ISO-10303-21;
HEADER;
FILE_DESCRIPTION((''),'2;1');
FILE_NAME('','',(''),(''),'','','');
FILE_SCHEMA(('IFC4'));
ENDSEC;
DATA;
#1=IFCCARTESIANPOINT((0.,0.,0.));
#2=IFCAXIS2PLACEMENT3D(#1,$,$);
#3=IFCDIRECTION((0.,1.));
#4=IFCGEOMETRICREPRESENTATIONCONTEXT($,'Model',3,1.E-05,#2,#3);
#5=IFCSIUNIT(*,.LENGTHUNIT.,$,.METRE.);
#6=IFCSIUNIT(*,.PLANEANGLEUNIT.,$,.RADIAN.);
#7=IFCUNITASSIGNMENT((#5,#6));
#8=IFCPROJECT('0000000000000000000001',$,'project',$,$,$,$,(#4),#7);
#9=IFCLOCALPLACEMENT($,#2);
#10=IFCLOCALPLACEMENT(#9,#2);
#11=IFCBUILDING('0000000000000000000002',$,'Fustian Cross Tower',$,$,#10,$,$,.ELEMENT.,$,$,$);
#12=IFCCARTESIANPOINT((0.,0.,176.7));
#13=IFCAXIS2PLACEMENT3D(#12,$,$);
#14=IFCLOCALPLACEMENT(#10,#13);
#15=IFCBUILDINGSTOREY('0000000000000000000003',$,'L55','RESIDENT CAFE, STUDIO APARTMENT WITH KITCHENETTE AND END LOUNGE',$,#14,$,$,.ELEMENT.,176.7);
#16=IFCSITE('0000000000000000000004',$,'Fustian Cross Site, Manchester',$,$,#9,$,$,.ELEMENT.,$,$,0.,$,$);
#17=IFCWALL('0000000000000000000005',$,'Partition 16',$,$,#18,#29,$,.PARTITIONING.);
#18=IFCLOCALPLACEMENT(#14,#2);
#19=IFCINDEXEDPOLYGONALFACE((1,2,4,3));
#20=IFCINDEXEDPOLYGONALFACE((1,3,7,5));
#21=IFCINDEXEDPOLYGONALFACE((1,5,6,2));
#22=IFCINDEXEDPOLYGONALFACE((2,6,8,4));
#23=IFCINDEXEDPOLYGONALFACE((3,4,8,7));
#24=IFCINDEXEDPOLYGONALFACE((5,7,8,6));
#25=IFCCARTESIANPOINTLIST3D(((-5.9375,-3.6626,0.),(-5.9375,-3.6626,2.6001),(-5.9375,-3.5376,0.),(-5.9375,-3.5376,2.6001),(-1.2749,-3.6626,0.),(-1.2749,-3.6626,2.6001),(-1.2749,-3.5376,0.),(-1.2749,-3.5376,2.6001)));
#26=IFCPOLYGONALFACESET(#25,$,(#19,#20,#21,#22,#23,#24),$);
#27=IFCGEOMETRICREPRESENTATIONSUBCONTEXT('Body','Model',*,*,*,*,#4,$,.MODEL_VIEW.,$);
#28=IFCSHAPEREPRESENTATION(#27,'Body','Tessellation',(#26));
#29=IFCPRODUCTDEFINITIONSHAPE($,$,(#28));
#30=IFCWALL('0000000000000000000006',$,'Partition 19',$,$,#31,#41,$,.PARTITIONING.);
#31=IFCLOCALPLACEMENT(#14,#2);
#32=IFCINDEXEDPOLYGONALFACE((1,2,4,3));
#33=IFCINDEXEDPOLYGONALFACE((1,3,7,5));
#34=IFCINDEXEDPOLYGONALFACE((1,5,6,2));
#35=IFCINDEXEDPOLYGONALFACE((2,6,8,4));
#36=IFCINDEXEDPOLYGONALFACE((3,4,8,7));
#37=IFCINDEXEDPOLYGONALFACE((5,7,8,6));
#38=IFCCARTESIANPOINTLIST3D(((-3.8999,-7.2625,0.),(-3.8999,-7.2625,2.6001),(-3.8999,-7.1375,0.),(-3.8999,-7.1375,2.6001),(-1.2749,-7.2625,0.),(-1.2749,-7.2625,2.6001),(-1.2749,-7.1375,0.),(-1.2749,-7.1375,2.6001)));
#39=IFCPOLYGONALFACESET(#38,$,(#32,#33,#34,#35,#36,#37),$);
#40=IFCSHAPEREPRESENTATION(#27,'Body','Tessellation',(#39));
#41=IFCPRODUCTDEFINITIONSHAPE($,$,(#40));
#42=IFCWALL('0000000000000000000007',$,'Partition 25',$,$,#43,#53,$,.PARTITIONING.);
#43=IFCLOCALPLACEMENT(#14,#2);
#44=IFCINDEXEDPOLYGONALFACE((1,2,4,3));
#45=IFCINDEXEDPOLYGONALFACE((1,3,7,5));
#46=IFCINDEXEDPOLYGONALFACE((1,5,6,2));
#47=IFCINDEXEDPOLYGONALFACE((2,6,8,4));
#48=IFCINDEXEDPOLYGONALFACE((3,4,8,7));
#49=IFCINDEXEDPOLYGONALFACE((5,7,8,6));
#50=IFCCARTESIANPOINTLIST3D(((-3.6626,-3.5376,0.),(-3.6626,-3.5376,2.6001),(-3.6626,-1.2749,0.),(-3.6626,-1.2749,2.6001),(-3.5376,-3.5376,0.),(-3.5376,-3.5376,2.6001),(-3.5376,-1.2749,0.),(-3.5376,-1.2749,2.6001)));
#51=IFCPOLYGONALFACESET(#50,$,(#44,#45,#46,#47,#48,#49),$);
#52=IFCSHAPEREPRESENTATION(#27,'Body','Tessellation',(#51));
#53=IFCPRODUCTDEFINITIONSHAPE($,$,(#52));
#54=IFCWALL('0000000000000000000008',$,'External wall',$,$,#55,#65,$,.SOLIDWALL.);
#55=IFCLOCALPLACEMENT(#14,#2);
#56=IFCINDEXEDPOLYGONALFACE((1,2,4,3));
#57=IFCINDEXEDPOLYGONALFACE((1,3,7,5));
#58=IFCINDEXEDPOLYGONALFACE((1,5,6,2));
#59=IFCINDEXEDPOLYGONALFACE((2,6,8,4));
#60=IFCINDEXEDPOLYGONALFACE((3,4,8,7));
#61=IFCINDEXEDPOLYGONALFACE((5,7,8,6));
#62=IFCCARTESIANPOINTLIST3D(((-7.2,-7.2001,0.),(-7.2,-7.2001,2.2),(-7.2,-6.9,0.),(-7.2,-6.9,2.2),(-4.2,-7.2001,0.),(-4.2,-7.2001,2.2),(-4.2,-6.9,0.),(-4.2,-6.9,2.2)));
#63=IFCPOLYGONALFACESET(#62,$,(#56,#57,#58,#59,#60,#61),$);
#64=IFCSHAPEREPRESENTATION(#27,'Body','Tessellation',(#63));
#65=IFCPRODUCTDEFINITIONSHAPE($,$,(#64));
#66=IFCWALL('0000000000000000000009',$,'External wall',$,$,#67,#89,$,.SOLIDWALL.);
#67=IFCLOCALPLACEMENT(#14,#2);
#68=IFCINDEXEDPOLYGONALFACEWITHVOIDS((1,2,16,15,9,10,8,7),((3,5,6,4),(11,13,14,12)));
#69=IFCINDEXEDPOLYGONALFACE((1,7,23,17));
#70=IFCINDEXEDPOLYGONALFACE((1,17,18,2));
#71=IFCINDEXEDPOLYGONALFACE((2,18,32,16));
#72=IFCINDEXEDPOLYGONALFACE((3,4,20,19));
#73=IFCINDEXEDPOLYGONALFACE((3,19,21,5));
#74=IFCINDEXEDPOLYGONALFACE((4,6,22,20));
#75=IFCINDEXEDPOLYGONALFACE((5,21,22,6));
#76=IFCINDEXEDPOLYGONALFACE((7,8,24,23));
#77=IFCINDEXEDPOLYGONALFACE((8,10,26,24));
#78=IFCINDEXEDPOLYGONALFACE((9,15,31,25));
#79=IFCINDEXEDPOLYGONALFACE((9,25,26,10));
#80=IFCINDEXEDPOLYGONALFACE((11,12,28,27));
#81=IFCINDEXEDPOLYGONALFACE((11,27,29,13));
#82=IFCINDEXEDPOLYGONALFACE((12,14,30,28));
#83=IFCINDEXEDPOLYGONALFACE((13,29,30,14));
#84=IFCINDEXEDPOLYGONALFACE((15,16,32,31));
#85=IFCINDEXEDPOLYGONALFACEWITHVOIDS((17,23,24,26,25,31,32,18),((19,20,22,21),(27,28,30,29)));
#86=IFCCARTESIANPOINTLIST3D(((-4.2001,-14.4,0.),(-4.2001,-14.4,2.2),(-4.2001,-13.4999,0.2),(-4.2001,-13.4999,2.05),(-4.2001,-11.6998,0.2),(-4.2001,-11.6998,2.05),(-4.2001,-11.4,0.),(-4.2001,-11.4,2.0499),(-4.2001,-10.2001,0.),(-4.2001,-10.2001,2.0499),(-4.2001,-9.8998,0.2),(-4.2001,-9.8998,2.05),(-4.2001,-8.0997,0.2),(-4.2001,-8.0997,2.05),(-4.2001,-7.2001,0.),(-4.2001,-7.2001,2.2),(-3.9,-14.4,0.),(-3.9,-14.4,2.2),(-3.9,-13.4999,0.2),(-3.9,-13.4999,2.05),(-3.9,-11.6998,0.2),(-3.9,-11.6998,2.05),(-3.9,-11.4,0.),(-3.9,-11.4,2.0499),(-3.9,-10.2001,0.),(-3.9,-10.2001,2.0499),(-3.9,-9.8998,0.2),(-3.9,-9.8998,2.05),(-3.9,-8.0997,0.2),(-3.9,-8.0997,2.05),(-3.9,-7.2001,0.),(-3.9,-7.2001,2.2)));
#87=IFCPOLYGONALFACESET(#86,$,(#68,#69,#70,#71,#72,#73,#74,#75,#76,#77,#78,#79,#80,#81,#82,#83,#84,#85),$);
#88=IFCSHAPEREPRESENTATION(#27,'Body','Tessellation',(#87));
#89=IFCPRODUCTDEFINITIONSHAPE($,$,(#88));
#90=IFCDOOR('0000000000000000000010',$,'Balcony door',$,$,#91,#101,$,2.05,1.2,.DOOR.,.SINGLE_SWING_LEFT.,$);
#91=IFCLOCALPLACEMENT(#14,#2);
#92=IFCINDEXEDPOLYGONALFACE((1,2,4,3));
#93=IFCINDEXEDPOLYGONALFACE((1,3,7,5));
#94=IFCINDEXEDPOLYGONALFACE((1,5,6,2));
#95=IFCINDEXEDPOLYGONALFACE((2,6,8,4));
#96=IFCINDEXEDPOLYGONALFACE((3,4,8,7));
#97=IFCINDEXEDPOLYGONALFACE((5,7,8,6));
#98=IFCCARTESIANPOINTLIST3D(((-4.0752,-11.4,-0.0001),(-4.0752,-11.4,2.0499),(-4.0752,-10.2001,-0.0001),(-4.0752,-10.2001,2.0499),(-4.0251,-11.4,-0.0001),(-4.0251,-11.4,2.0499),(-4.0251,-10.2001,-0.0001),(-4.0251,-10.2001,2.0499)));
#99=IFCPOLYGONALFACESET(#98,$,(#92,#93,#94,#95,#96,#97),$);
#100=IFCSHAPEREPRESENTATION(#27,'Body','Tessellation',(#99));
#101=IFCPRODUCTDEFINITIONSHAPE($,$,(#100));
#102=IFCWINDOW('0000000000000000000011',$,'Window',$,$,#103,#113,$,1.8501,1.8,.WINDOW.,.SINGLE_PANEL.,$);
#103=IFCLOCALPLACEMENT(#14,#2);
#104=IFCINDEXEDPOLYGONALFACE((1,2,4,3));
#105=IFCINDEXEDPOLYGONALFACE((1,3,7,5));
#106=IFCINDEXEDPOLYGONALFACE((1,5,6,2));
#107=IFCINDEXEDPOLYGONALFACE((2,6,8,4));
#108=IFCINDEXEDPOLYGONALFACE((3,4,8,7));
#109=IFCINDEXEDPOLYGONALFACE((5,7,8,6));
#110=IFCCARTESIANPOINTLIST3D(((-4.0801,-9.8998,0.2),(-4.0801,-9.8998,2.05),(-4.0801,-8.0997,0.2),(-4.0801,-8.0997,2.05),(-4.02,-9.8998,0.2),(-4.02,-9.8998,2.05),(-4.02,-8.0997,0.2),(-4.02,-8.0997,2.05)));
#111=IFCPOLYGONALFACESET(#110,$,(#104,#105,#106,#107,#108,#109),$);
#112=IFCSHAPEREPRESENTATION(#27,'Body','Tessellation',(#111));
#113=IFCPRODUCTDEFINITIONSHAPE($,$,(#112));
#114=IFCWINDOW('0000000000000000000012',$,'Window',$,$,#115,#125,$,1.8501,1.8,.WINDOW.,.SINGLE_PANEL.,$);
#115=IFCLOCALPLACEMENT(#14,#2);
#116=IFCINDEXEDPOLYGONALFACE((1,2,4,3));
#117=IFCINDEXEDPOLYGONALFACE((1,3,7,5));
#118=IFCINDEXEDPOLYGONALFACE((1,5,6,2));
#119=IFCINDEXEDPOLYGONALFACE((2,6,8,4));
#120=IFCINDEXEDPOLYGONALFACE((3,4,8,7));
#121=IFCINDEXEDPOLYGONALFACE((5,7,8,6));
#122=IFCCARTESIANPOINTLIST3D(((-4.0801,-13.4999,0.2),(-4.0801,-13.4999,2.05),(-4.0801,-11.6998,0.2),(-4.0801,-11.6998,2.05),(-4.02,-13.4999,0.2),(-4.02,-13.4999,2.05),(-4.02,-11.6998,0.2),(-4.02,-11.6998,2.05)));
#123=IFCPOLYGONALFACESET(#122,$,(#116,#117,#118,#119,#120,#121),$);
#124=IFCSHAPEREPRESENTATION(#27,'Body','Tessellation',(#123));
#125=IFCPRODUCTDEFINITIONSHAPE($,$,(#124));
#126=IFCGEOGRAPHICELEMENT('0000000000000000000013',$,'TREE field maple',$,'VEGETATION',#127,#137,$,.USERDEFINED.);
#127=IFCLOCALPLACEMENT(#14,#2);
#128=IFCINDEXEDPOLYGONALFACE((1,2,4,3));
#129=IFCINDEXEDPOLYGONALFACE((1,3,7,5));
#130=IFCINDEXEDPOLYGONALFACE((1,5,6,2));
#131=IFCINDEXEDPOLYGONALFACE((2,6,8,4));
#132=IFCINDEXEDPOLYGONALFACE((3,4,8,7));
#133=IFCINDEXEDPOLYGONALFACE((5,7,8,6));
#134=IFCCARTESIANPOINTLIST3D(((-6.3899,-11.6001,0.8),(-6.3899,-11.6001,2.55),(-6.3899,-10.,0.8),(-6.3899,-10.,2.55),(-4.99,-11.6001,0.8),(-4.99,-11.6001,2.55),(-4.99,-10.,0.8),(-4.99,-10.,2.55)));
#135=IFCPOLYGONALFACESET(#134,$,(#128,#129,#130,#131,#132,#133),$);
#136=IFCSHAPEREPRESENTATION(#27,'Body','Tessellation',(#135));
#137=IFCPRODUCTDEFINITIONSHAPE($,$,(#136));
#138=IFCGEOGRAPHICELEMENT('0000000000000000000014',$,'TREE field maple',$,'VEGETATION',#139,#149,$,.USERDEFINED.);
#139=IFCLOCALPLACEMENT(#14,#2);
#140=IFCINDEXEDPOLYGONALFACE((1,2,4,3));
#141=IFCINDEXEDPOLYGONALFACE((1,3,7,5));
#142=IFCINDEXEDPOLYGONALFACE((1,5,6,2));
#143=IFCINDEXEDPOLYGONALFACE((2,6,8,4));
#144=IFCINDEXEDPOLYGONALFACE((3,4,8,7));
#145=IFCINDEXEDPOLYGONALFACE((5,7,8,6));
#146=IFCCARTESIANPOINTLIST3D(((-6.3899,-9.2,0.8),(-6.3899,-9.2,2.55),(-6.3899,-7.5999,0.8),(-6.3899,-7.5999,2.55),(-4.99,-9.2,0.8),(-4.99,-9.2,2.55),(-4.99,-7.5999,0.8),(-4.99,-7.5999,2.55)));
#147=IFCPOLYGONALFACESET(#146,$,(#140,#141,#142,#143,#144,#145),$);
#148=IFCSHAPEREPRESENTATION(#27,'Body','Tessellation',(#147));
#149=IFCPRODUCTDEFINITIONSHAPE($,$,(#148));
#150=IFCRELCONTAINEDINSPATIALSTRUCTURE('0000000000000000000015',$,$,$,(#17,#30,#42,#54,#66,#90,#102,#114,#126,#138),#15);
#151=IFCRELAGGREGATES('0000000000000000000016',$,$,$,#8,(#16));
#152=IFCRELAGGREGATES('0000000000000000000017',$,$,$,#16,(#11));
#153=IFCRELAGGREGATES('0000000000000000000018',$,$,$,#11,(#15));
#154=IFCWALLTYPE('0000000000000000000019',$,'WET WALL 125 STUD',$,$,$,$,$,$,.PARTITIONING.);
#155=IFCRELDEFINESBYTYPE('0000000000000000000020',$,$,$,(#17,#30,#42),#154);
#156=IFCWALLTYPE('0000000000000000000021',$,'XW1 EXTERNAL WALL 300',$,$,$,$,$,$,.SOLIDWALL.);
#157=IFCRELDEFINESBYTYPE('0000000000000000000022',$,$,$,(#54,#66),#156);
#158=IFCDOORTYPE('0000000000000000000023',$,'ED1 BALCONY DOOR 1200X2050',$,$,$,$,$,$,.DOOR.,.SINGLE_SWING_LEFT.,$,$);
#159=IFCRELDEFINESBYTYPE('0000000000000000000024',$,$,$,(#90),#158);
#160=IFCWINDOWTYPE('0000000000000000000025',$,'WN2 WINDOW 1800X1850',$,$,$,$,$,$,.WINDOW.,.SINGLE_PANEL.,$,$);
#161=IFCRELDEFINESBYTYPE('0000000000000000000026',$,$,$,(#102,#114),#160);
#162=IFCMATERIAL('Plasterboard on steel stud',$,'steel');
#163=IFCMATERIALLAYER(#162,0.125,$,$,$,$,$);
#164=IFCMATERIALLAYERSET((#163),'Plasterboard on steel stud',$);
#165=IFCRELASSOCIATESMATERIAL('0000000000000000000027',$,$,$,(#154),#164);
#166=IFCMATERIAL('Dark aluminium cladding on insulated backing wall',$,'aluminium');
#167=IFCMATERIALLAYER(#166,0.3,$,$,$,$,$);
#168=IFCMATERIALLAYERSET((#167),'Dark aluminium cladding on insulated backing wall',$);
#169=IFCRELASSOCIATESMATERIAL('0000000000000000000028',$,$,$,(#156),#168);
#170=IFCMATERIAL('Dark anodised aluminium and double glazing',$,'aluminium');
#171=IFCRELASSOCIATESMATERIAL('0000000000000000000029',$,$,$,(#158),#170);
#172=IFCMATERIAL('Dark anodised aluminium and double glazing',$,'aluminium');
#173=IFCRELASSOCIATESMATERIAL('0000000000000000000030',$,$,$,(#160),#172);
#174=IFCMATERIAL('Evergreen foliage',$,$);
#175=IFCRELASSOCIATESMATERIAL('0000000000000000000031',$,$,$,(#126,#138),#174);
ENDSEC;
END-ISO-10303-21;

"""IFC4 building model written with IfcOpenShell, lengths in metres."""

from ifc_helpers import new_model, si_unit, direction, frame, frame_2d, origin, origin_2d, place, context, subcontext, project, spatial, rectangle, extrude, material, layer, layer_set, type_object, element, fill, save


model = new_model("IFC4")

# Units and contexts
model_context = context("Model", 3, precision=1e-05, world=origin(), true_north=direction((0.0, 1.0)))
body_context = subcontext(model_context, "Body", "Model", "MODEL_VIEW")
ifc_project = project(units=[si_unit("LENGTHUNIT", "METRE"), si_unit("PLANEANGLEUNIT", "RADIAN")], contexts=[model_context])

# Site, building, storey
site_placement = place(None, origin())
site = spatial("IfcSite", under=ifc_project, at=site_placement, Name="Fustian Cross Site, Manchester", CompositionType="ELEMENT", RefElevation=0.0)
building_placement = place(site_placement, origin())
building = spatial("IfcBuilding", under=site, at=building_placement, Name="Fustian Cross Tower", CompositionType="ELEMENT")
storey_placement = place(building_placement, frame((0.0, 0.0, 176.7)))
storey = spatial("IfcBuildingStorey", under=building, at=storey_placement, Name="L55", Description="RESIDENT CAFE, STUDIO APARTMENT WITH KITCHENETTE AND END LOUNGE", CompositionType="ELEMENT", Elevation=176.7)

# Walls
ifc_material_1 = material(Name="Plasterboard on steel stud", Category="steel")
ifc_layer_1 = layer(ifc_material_1, 0.125)
ifc_layer_set_1 = layer_set([ifc_layer_1], Name="Plasterboard on steel stud")
wall_type_1 = type_object("IfcWallType", Name="WET WALL 125 STUD", PredefinedType="PARTITIONING", material=ifc_layer_set_1)
wall_1_placement = place(storey_placement, frame((-5.9375, -3.6001, 0.0), z_axis=(0.0, 0.0, 1.0), x_axis=(1.0, 0.0, 0.0)))
element("IfcWall", 1, at=wall_1_placement, inside=storey, type_object=wall_type_1, Name="Partition 16", PredefinedType="PARTITIONING", context=body_context, shape_type="SweptSolid", body=[
    extrude(rectangle(XDim=4.6626, YDim=0.125, at=frame_2d((2.3313, 0.0))), origin(), (0.0, 0.0, 1.0), 2.6001),
])
wall_2_placement = place(storey_placement, frame((-3.8999, -7.2, 0.0), z_axis=(0.0, 0.0, 1.0), x_axis=(1.0, 0.0, 0.0)))
element("IfcWall", 2, at=wall_2_placement, inside=storey, type_object=wall_type_1, Name="Partition 19", PredefinedType="PARTITIONING", context=body_context, shape_type="SweptSolid", body=[
    extrude(rectangle(XDim=2.625, YDim=0.125, at=frame_2d((1.3125, 0.0))), origin(), (0.0, 0.0, 1.0), 2.6001),
])
wall_3_placement = place(storey_placement, frame((-3.6001, -3.5376, 0.0), z_axis=(0.0, 0.0, 1.0), x_axis=(0.0, 1.0, 0.0)))
element("IfcWall", 3, at=wall_3_placement, inside=storey, type_object=wall_type_1, Name="Partition 25", PredefinedType="PARTITIONING", context=body_context, shape_type="SweptSolid", body=[
    extrude(rectangle(XDim=2.2627, YDim=0.125, at=frame_2d((1.1313, 0.0))), origin(), (0.0, 0.0, 1.0), 2.6001),
])
ifc_material_2 = material(Name="Dark aluminium cladding on insulated backing wall", Category="aluminium")
ifc_layer_2 = layer(ifc_material_2, 0.3)
ifc_layer_set_2 = layer_set([ifc_layer_2], Name="Dark aluminium cladding on insulated backing wall")
wall_type_2 = type_object("IfcWallType", Name="XW1 EXTERNAL WALL 300", PredefinedType="SOLIDWALL", material=ifc_layer_set_2)
wall_4_placement = place(storey_placement, frame((-7.2, -7.05, 0.0), z_axis=(0.0, 0.0, 1.0), x_axis=(1.0, 0.0, 0.0)))
element("IfcWall", 4, at=wall_4_placement, inside=storey, type_object=wall_type_2, Name="External wall", PredefinedType="SOLIDWALL", context=body_context, shape_type="SweptSolid", body=[
    extrude(rectangle(XDim=3.0, YDim=0.3, at=frame_2d((1.5, 0.0))), origin(), (0.0, 0.0, 1.0), 2.2),
])

# Wall, openings, door, windows
wall_5_placement = place(storey_placement, frame((-4.05, -7.2, 0.0), z_axis=(0.0, 0.0, 1.0), x_axis=(0.0, -1.0, 0.0)))
wall_5 = element("IfcWall", 5, at=wall_5_placement, inside=storey, type_object=wall_type_2, Name="External wall", PredefinedType="SOLIDWALL", context=body_context, shape_type="SweptSolid", body=[
    extrude(rectangle(XDim=7.2, YDim=0.3, at=frame_2d((3.6001, 0.0))), origin(), (0.0, 0.0, 1.0), 2.2),
])
opening_1_placement = place(wall_5_placement, frame((3.0, 0.0, 0.0)))
opening_1 = element("IfcOpeningElement", 6, at=opening_1_placement, cuts=wall_5, PredefinedType="OPENING", context=body_context, shape_type="SweptSolid", body=[
    extrude(rectangle(XDim=1.2, YDim=2.05, at=frame_2d((0.6001, 1.0249))), frame((0.0, 0.1599, 0.0), z_axis=(0.0, -1.0, 0.0), x_axis=(1.0, 0.0, 0.0)), (0.0, 0.0, 1.0), 0.3201),
])
opening_2_placement = place(wall_5_placement, frame((0.8999, 0.0, 0.2)))
opening_2 = element("IfcOpeningElement", 7, at=opening_2_placement, cuts=wall_5, PredefinedType="OPENING", context=body_context, shape_type="SweptSolid", body=[
    extrude(rectangle(XDim=1.8, YDim=1.8501, at=frame_2d((0.8999, 0.925))), frame((0.0, 0.1599, 0.0), z_axis=(0.0, -1.0, 0.0), x_axis=(1.0, 0.0, 0.0)), (0.0, 0.0, 1.0), 0.3201),
])
opening_3_placement = place(wall_5_placement, frame((4.5, 0.0, 0.2)))
opening_3 = element("IfcOpeningElement", 8, at=opening_3_placement, cuts=wall_5, PredefinedType="OPENING", context=body_context, shape_type="SweptSolid", body=[
    extrude(rectangle(XDim=1.8, YDim=1.8501, at=frame_2d((0.8999, 0.925))), frame((0.0, 0.1599, 0.0), z_axis=(0.0, -1.0, 0.0), x_axis=(1.0, 0.0, 0.0)), (0.0, 0.0, 1.0), 0.3201),
])
ifc_material_3 = material(Name="Dark anodised aluminium and double glazing", Category="aluminium")
door_type_1 = type_object("IfcDoorType", Name="ED1 BALCONY DOOR 1200X2050", OperationType="SINGLE_SWING_LEFT", PredefinedType="DOOR", material=ifc_material_3)
door_1_placement = place(opening_1_placement, origin())
door_1 = element("IfcDoor", 9, at=door_1_placement, inside=storey, type_object=door_type_1, Name="Balcony door", OperationType="SINGLE_SWING_LEFT", OverallHeight=2.05, OverallWidth=1.2, PredefinedType="DOOR", context=body_context, shape_type="SweptSolid", body=[
    extrude(rectangle(XDim=1.2, YDim=2.05, at=frame_2d((0.6001, 1.0249))), frame((0.0, 0.0249, 0.0), z_axis=(0.0, -1.0, 0.0), x_axis=(1.0, 0.0, 0.0)), (0.0, 0.0, 1.0), 0.05),
])
fill(opening_1, door_1)
ifc_material_4 = material(Name="Dark anodised aluminium and double glazing", Category="aluminium")
window_type = type_object("IfcWindowType", Name="WN2 WINDOW 1800X1850", PartitioningType="SINGLE_PANEL", PredefinedType="WINDOW", material=ifc_material_4)
window_1_placement = place(opening_2_placement, origin())
window_1 = element("IfcWindow", 10, at=window_1_placement, inside=storey, type_object=window_type, Name="Window", OverallHeight=1.8501, OverallWidth=1.8, PartitioningType="SINGLE_PANEL", PredefinedType="WINDOW", context=body_context, shape_type="SweptSolid", body=[
    extrude(rectangle(XDim=1.8, YDim=1.8501, at=frame_2d((0.8999, 0.925))), frame((0.0, 0.03, 0.0), z_axis=(0.0, -1.0, 0.0), x_axis=(1.0, 0.0, 0.0)), (0.0, 0.0, 1.0), 0.0601),
])
fill(opening_2, window_1)
window_2_placement = place(opening_3_placement, origin())
window_2 = element("IfcWindow", 11, at=window_2_placement, inside=storey, type_object=window_type, Name="Window", OverallHeight=1.8501, OverallWidth=1.8, PartitioningType="SINGLE_PANEL", PredefinedType="WINDOW", context=body_context, shape_type="SweptSolid", body=[
    extrude(rectangle(XDim=1.8, YDim=1.8501, at=frame_2d((0.8999, 0.925))), frame((0.0, 0.03, 0.0), z_axis=(0.0, -1.0, 0.0), x_axis=(1.0, 0.0, 0.0)), (0.0, 0.0, 1.0), 0.0601),
])
fill(opening_3, window_2)

# Geographic elements
ifc_material_5 = material(Name="Evergreen foliage")
for number, where, z_axis, x_axis, name in (
    (12, (-5.6899, -10.8, 0.8), (0.0, 0.0, 1.0), (1.0, 0.0, 0.0), "TREE field maple"),
    (13, (-5.6899, -8.3999, 0.8), (0.0, 0.0, 1.0), (1.0, 0.0, 0.0), "TREE field maple"),
):
    element("IfcGeographicElement", number, at=place(storey_placement, frame(where, z_axis=z_axis, x_axis=x_axis)), inside=storey, material=ifc_material_5, Name=name, ObjectType="VEGETATION", PredefinedType="USERDEFINED", context=body_context, shape_type="SweptSolid", body=[
        extrude(rectangle(XDim=1.3999, YDim=1.6001, at=origin_2d()), origin(), (0.0, 0.0, 1.0), 1.75),
    ])

save(model, "model.ifc")
